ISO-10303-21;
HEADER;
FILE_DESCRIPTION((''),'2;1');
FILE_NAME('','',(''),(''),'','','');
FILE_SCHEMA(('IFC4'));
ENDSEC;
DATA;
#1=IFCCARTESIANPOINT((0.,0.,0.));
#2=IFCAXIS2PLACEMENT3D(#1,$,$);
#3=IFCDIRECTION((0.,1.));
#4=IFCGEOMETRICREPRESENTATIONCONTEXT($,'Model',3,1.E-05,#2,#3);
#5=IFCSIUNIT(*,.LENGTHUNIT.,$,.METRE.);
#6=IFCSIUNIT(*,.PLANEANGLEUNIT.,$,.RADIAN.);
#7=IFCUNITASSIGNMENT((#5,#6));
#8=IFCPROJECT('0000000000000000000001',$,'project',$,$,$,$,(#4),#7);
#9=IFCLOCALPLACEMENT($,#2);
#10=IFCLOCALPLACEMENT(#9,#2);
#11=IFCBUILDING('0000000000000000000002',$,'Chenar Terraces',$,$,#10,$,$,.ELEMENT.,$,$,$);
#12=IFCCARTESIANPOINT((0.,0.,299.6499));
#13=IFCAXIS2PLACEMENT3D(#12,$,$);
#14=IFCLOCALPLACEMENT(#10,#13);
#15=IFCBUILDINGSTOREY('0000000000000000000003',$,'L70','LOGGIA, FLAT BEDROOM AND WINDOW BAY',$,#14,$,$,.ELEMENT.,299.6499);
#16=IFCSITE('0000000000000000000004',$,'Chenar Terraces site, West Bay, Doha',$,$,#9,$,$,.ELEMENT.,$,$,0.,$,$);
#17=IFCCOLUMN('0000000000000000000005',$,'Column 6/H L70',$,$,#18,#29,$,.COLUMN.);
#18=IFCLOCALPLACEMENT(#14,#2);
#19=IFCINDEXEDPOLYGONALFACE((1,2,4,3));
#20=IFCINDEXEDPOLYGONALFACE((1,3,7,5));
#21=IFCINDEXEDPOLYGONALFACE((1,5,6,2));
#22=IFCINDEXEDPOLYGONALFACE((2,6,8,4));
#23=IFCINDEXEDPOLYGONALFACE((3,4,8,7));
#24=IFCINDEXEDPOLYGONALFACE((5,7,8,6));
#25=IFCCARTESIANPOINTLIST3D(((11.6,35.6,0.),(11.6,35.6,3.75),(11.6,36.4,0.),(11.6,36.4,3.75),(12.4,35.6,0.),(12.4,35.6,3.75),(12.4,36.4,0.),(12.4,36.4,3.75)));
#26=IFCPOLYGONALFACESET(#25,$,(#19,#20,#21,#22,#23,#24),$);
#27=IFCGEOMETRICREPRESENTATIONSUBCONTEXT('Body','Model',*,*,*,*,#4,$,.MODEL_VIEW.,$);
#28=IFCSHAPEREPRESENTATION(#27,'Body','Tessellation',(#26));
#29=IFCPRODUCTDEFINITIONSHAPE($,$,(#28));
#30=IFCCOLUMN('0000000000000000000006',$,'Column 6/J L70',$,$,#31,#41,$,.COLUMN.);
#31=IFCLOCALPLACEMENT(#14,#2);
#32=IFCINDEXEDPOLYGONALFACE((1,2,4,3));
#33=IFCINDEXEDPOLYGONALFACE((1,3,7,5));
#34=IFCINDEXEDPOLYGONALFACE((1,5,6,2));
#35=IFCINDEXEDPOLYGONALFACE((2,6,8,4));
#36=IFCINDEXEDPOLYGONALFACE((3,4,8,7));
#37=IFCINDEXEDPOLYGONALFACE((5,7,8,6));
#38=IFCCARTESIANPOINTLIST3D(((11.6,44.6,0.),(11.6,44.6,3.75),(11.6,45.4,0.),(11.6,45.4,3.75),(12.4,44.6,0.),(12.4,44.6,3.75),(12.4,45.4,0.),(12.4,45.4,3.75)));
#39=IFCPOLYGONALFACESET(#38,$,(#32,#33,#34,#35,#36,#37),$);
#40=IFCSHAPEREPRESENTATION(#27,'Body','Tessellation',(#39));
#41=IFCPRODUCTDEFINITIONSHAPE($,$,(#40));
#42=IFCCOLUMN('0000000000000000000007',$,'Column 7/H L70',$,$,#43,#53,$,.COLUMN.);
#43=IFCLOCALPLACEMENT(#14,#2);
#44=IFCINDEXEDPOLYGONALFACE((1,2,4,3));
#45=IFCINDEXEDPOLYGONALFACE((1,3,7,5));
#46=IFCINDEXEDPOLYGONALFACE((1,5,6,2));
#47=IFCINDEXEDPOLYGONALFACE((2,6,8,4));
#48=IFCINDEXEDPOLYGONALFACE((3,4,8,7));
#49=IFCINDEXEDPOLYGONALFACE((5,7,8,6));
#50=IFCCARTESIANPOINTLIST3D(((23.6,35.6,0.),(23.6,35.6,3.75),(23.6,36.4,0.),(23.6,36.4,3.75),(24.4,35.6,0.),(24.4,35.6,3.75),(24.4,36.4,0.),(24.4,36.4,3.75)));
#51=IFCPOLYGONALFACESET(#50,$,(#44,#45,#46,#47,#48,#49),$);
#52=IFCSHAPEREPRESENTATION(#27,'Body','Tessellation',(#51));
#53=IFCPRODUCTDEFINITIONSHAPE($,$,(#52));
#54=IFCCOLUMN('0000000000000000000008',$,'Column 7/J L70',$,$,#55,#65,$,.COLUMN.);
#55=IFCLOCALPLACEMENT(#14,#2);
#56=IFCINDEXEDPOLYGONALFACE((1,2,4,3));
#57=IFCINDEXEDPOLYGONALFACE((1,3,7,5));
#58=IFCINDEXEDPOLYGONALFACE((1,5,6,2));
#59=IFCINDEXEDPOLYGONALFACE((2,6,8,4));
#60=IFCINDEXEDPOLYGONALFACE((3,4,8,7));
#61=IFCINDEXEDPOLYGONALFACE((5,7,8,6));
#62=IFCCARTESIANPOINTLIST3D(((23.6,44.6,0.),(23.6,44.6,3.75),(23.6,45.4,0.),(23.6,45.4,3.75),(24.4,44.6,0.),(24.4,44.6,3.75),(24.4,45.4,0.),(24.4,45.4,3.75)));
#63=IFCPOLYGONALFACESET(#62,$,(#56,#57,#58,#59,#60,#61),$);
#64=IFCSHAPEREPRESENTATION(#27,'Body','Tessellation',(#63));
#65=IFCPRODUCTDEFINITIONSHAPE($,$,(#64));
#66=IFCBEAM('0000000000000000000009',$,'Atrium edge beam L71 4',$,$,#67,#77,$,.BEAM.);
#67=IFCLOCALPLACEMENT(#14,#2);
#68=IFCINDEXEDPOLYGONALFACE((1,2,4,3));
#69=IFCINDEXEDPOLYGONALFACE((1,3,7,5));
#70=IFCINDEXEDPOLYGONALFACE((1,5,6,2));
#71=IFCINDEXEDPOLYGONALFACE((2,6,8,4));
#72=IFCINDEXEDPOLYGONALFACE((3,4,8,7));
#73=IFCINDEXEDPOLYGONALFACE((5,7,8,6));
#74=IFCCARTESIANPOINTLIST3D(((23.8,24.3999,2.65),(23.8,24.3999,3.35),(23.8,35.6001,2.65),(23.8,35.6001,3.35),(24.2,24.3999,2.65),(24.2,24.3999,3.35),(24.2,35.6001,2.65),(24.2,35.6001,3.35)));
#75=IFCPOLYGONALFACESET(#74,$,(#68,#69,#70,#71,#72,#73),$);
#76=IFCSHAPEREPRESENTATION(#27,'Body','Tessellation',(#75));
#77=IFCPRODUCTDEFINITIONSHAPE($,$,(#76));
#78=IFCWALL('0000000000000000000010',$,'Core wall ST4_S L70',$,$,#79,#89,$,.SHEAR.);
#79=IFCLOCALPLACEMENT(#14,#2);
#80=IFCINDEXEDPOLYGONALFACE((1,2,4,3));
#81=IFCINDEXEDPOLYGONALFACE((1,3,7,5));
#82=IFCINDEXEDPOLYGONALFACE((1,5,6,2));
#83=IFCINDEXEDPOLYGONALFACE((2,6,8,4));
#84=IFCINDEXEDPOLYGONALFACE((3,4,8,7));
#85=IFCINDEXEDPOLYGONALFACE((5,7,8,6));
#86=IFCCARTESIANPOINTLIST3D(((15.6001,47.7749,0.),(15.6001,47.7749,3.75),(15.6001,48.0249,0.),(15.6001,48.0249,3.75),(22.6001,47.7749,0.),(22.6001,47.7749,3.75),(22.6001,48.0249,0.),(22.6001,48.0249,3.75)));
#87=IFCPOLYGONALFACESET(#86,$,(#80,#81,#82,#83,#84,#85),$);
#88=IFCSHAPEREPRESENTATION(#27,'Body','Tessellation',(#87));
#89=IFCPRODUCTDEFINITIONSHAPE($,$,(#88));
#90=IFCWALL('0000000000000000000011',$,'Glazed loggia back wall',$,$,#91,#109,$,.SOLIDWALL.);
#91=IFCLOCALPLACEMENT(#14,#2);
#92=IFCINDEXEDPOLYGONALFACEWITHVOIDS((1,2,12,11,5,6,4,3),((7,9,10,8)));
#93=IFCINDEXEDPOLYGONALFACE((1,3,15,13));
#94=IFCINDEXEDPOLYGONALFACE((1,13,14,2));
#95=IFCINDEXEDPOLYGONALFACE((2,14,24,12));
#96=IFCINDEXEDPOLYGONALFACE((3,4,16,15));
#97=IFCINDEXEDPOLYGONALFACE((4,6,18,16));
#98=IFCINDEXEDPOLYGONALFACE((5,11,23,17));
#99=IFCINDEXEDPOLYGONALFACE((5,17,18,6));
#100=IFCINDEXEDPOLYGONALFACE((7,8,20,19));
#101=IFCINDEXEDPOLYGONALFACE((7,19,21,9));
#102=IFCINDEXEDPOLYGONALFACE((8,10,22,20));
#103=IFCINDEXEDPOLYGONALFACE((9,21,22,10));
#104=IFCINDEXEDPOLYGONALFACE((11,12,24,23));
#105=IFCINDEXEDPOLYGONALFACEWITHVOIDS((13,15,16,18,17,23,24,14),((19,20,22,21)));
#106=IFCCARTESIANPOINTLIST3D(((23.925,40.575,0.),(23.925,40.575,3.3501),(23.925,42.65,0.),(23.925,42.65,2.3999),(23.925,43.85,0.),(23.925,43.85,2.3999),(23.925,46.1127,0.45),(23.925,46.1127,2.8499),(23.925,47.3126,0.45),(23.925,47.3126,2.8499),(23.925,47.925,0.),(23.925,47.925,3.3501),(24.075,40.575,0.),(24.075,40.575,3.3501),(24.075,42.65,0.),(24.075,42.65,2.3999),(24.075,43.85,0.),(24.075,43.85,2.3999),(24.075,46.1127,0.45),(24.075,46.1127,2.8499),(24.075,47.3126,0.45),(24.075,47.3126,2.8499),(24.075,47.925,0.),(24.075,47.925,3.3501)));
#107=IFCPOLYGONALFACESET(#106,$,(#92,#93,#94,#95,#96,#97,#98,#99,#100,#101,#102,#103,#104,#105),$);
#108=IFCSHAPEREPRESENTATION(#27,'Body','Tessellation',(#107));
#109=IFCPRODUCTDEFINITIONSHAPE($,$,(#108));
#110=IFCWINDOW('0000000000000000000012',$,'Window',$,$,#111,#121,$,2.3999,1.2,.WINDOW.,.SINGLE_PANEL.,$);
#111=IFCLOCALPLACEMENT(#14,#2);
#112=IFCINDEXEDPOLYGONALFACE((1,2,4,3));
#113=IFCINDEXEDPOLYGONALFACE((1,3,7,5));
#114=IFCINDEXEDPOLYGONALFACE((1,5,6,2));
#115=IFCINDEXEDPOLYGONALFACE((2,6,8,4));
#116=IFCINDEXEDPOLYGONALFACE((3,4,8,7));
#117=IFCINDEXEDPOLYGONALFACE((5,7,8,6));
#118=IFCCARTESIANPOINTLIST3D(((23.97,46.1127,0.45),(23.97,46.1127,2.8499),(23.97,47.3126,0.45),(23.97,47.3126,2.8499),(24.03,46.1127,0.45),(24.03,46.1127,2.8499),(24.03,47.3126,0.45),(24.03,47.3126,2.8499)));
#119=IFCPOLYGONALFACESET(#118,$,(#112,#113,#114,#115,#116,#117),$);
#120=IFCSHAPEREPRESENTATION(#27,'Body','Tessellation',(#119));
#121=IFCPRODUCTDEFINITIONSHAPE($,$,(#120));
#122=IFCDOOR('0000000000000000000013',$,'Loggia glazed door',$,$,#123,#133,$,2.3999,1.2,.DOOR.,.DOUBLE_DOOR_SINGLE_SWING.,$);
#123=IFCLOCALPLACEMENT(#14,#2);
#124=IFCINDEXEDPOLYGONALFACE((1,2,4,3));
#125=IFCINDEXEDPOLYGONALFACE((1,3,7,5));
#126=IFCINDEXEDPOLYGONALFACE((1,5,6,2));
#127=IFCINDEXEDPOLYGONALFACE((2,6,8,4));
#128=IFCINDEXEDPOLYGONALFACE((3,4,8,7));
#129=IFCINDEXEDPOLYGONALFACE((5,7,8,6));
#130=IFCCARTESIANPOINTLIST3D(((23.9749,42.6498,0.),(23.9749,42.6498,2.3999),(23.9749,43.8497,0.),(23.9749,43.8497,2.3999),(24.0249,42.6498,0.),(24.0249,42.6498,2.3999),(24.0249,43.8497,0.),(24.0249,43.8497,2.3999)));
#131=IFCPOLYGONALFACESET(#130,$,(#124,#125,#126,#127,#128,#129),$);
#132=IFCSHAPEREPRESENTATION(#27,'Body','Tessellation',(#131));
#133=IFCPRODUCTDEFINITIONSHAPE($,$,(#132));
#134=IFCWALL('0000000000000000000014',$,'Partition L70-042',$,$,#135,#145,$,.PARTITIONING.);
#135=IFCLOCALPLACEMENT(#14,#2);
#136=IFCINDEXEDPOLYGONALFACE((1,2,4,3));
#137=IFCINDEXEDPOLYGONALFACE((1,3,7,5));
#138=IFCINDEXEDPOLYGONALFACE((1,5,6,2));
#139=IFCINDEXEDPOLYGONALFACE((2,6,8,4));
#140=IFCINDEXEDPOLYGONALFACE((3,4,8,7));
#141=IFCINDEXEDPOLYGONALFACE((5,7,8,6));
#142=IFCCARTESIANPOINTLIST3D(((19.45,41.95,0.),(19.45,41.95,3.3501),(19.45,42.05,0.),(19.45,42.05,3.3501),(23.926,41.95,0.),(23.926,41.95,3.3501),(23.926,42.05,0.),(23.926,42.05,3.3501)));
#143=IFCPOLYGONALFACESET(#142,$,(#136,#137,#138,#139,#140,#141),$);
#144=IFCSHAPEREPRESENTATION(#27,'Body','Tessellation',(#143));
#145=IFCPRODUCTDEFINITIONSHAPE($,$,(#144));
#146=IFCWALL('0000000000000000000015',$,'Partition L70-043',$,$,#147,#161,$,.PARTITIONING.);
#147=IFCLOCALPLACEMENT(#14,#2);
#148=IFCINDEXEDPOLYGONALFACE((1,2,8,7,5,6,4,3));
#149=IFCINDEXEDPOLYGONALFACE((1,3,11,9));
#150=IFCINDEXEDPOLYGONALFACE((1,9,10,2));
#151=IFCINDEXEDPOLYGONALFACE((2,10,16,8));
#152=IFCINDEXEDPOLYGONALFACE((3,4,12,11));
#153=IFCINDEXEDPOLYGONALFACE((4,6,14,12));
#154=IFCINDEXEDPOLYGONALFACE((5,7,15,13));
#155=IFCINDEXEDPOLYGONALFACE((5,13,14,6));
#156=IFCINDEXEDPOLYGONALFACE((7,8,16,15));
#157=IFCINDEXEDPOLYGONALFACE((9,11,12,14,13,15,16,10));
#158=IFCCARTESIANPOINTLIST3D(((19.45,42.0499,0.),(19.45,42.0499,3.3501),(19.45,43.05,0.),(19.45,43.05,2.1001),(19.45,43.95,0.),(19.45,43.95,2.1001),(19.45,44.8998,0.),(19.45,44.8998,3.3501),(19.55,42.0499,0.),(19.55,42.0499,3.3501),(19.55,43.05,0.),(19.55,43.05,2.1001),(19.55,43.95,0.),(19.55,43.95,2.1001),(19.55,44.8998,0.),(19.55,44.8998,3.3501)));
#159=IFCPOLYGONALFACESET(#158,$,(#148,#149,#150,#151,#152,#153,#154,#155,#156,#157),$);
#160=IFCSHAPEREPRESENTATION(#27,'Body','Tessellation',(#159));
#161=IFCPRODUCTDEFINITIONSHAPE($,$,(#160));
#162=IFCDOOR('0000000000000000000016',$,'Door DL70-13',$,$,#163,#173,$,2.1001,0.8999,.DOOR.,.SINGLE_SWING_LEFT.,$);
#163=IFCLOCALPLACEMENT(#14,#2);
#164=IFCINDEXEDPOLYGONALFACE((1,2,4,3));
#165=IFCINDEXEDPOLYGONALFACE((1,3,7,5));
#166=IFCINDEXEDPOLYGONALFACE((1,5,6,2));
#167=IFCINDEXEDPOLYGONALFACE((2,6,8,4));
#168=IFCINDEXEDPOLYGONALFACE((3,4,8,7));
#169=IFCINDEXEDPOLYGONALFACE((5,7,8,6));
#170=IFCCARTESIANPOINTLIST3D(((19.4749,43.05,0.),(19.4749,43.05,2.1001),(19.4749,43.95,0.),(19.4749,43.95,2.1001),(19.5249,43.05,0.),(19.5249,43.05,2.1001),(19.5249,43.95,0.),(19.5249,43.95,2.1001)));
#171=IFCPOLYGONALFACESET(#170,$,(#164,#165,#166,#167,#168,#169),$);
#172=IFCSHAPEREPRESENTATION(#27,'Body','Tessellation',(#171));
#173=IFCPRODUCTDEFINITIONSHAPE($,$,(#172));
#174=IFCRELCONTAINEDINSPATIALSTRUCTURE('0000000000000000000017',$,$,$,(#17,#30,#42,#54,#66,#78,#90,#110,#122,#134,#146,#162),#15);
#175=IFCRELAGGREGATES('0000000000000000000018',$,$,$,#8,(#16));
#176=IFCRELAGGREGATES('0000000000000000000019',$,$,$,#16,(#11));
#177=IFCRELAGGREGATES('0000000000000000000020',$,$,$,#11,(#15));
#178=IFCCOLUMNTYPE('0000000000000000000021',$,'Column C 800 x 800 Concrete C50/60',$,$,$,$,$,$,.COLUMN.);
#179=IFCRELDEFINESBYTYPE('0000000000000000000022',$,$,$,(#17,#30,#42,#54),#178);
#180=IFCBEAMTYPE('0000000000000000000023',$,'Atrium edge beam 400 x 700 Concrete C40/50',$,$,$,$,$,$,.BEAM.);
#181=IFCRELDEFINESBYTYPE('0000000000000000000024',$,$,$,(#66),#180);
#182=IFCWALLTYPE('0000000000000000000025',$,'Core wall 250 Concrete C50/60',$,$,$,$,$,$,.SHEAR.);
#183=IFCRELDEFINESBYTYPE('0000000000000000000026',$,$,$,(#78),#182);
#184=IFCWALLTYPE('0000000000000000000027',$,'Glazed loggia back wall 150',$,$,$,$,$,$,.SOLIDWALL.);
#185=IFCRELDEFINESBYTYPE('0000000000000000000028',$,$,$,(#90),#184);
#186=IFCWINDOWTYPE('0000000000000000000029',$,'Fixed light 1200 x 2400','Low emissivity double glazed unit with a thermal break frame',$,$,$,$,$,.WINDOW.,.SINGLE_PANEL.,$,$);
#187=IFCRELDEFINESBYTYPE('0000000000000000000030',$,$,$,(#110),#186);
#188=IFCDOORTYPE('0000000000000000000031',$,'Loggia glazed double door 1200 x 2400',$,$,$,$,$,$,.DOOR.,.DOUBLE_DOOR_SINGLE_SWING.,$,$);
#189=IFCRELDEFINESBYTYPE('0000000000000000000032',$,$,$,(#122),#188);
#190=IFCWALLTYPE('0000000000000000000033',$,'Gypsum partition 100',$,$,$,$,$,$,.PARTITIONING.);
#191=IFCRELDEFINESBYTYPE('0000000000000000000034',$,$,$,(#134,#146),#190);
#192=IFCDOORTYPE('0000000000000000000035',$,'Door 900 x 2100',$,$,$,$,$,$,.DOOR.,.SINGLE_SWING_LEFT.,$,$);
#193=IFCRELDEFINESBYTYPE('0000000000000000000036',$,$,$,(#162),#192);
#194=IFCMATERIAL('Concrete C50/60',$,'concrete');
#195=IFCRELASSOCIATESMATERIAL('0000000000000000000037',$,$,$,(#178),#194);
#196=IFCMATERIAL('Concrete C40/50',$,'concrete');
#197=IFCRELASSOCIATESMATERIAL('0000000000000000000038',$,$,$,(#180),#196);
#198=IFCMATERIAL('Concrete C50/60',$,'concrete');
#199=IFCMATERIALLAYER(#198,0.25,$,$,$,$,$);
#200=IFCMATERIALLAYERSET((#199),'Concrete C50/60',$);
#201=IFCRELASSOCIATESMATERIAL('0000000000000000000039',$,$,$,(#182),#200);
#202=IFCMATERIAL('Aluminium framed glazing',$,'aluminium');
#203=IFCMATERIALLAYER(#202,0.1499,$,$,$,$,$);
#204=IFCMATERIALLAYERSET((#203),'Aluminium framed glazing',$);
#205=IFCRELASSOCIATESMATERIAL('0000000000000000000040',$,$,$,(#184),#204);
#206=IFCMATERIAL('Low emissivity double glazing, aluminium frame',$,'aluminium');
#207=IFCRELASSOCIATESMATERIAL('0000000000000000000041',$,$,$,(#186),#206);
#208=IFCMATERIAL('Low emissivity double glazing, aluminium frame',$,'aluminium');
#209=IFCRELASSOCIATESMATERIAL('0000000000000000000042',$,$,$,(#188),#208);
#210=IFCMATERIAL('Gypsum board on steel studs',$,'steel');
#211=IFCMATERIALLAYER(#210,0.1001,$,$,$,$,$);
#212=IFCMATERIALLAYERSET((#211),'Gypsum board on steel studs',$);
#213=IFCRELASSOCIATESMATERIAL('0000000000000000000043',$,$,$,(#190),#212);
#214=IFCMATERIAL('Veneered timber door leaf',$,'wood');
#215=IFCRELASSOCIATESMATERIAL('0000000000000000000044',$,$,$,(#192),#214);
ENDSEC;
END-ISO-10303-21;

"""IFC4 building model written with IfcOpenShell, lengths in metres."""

from ifc_helpers import new_model, si_unit, direction, frame, frame_2d, origin, origin_2d, place, context, subcontext, project, spatial, rectangle, extrude, material, layer, layer_set, material_profile, profile_set, type_object, element, fill, save


model = new_model("IFC4")

# Units and contexts
model_context = context("Model", 3, precision=1e-05, world=origin(), true_north=direction((0.0, 1.0)))
body_context = subcontext(model_context, "Body", "Model", "MODEL_VIEW")
ifc_project = project(units=[si_unit("LENGTHUNIT", "METRE"), si_unit("PLANEANGLEUNIT", "RADIAN")], contexts=[model_context])

# Site, building, storey
site_placement = place(None, origin())
site = spatial("IfcSite", under=ifc_project, at=site_placement, Name="Chenar Terraces site, West Bay, Doha", CompositionType="ELEMENT", RefElevation=0.0)
building_placement = place(site_placement, origin())
building = spatial("IfcBuilding", under=site, at=building_placement, Name="Chenar Terraces", CompositionType="ELEMENT")
storey_placement = place(building_placement, frame((0.0, 0.0, 299.6499)))
storey = spatial("IfcBuildingStorey", under=building, at=storey_placement, Name="L70", Description="LOGGIA, FLAT BEDROOM AND WINDOW BAY", CompositionType="ELEMENT", Elevation=299.6499)

# Columns
ifc_material_1 = material(Name="Concrete C50/60", Category="concrete")
ifc_material_profile_1 = material_profile(ifc_material_1, rectangle(XDim=0.8, YDim=0.8, at=origin_2d()), Name="C 800 x 800")
ifc_profile_set_1 = profile_set([ifc_material_profile_1], Name="Concrete C50/60")
column_type = type_object("IfcColumnType", Name="Column C 800 x 800 Concrete C50/60", PredefinedType="COLUMN", material=ifc_profile_set_1)
for number, where, z_axis, x_axis, name in (
    (1, (12.0, 36.0, 0.0), (0.0, 0.0, 1.0), (1.0, 0.0, 0.0), "Column 6/H L70"),
    (2, (12.0, 45.0, 0.0), (0.0, 0.0, 1.0), (1.0, 0.0, 0.0), "Column 6/J L70"),
    (3, (24.0, 36.0, 0.0), (0.0, 0.0, 1.0), (1.0, 0.0, 0.0), "Column 7/H L70"),
    (4, (24.0, 45.0, 0.0), (0.0, 0.0, 1.0), (1.0, 0.0, 0.0), "Column 7/J L70"),
):
    element("IfcColumn", number, at=place(storey_placement, frame(where, z_axis=z_axis, x_axis=x_axis)), inside=storey, type_object=column_type, Name=name, PredefinedType="COLUMN", context=body_context, shape_type="SweptSolid", body=[
        extrude(rectangle(XDim=0.8, YDim=0.8, at=origin_2d()), origin(), (0.0, 0.0, 1.0), 3.75),
    ])

# Beam
ifc_material_2 = material(Name="Concrete C40/50", Category="concrete")
ifc_material_profile_2 = material_profile(ifc_material_2, rectangle(XDim=0.3999, YDim=0.7, at=origin_2d()), Name="RC 400 x 700")
ifc_profile_set_2 = profile_set([ifc_material_profile_2], Name="Concrete C40/50")
beam_type = type_object("IfcBeamType", Name="Atrium edge beam 400 x 700 Concrete C40/50", PredefinedType="BEAM", material=ifc_profile_set_2)
beam_placement = place(storey_placement, frame((24.0, 35.6001, 3.0), z_axis=(0.0, -1.0, 0.0), x_axis=(1.0, 0.0, 0.0)))
element("IfcBeam", 5, at=beam_placement, inside=storey, type_object=beam_type, Name="Atrium edge beam L71 4", PredefinedType="BEAM", context=body_context, shape_type="SweptSolid", body=[
    extrude(rectangle(XDim=0.3999, YDim=0.7, at=origin_2d()), origin(), (0.0, 0.0, 1.0), 11.2002),
])

# Wall
ifc_material_3 = material(Name="Concrete C50/60", Category="concrete")
ifc_layer_1 = layer(ifc_material_3, 0.25)
ifc_layer_set_1 = layer_set([ifc_layer_1], Name="Concrete C50/60")
wall_type_1 = type_object("IfcWallType", Name="Core wall 250 Concrete C50/60", PredefinedType="SHEAR", material=ifc_layer_set_1)
wall_1_placement = place(storey_placement, frame((15.6001, 47.8999, 0.0), z_axis=(0.0, 0.0, 1.0), x_axis=(1.0, 0.0, 0.0)))
element("IfcWall", 6, at=wall_1_placement, inside=storey, type_object=wall_type_1, Name="Core wall ST4_S L70", PredefinedType="SHEAR", context=body_context, shape_type="SweptSolid", body=[
    extrude(rectangle(XDim=7.0, YDim=0.25, at=frame_2d((3.5, 0.0))), origin(), (0.0, 0.0, 1.0), 3.75),
])

# Wall, openings, window, door
ifc_material_4 = material(Name="Aluminium framed glazing", Category="aluminium")
ifc_layer_2 = layer(ifc_material_4, 0.1499)
ifc_layer_set_2 = layer_set([ifc_layer_2], Name="Aluminium framed glazing")
wall_type_2 = type_object("IfcWallType", Name="Glazed loggia back wall 150", PredefinedType="SOLIDWALL", material=ifc_layer_set_2)
wall_2_placement = place(storey_placement, frame((24.0, 40.575, 0.0), z_axis=(0.0, 0.0, 1.0), x_axis=(0.0, 1.0, 0.0)))
wall_2 = element("IfcWall", 7, at=wall_2_placement, inside=storey, type_object=wall_type_2, Name="Glazed loggia back wall", PredefinedType="SOLIDWALL", context=body_context, shape_type="SweptSolid", body=[
    extrude(rectangle(XDim=7.3501, YDim=0.1499, at=frame_2d((3.675, 0.0))), origin(), (0.0, 0.0, 1.0), 3.3501),
])
opening_1_placement = place(wall_2_placement, frame((2.075, 0.0, 0.0)))
opening_1 = element("IfcOpeningElement", 8, at=opening_1_placement, cuts=wall_2, PredefinedType="OPENING", context=body_context, shape_type="SweptSolid", body=[
    extrude(rectangle(XDim=1.2, YDim=2.3999, at=frame_2d((0.6001, 1.2))), frame((0.0, 0.085, 0.0), z_axis=(0.0, -1.0, 0.0), x_axis=(1.0, 0.0, 0.0)), (0.0, 0.0, 1.0), 0.1699),
])
opening_2_placement = place(wall_2_placement, frame((5.5376, 0.0, 0.45)))
opening_2 = element("IfcOpeningElement", 9, at=opening_2_placement, cuts=wall_2, PredefinedType="OPENING", context=body_context, shape_type="SweptSolid", body=[
    extrude(rectangle(XDim=1.2, YDim=2.3999, at=frame_2d((0.6001, 1.2))), frame((0.0, 0.085, 0.0), z_axis=(0.0, -1.0, 0.0), x_axis=(1.0, 0.0, 0.0)), (0.0, 0.0, 1.0), 0.1699),
])
ifc_material_5 = material(Name="Low emissivity double glazing, aluminium frame", Category="aluminium")
window_type = type_object("IfcWindowType", Name="Fixed light 1200 x 2400", Description="Low emissivity double glazed unit with a thermal break frame", PartitioningType="SINGLE_PANEL", PredefinedType="WINDOW", material=ifc_material_5)
window_placement = place(opening_2_placement, origin())
window = element("IfcWindow", 10, at=window_placement, inside=storey, type_object=window_type, Name="Window", OverallHeight=2.3999, OverallWidth=1.2, PartitioningType="SINGLE_PANEL", PredefinedType="WINDOW", context=body_context, shape_type="SweptSolid", body=[
    extrude(rectangle(XDim=1.2, YDim=2.3999, at=frame_2d((0.6001, 1.2))), frame((0.0, 0.03, 0.0), z_axis=(0.0, -1.0, 0.0), x_axis=(1.0, 0.0, 0.0)), (0.0, 0.0, 1.0), 0.0601),
])
fill(opening_2, window)
ifc_material_6 = material(Name="Low emissivity double glazing, aluminium frame", Category="aluminium")
door_type_1 = type_object("IfcDoorType", Name="Loggia glazed double door 1200 x 2400", OperationType="DOUBLE_DOOR_SINGLE_SWING", PredefinedType="DOOR", material=ifc_material_6)
door_1_placement = place(opening_1_placement, frame((1.2, 0.0, 0.0), z_axis=(0.0, 0.0, 1.0), x_axis=(-1.0, 0.0, 0.0)))
door_1 = element("IfcDoor", 11, at=door_1_placement, inside=storey, type_object=door_type_1, Name="Loggia glazed door", OperationType="DOUBLE_DOOR_SINGLE_SWING", OverallHeight=2.3999, OverallWidth=1.2, PredefinedType="DOOR", context=body_context, shape_type="SweptSolid", body=[
    extrude(rectangle(XDim=1.2, YDim=2.3999, at=frame_2d((0.6001, 1.2))), frame((0.0, 0.0249, 0.0), z_axis=(0.0, -1.0, 0.0), x_axis=(1.0, 0.0, 0.0)), (0.0, 0.0, 1.0), 0.05),
])
fill(opening_1, door_1)

# Wall
ifc_material_7 = material(Name="Gypsum board on steel studs", Category="steel")
ifc_layer_3 = layer(ifc_material_7, 0.1001)
ifc_layer_set_3 = layer_set([ifc_layer_3], Name="Gypsum board on steel studs")
wall_type_3 = type_object("IfcWallType", Name="Gypsum partition 100", PredefinedType="PARTITIONING", material=ifc_layer_set_3)
wall_3_placement = place(storey_placement, frame((19.45, 42.0, 0.0), z_axis=(0.0, 0.0, 1.0), x_axis=(1.0, 0.0, 0.0)))
element("IfcWall", 12, at=wall_3_placement, inside=storey, type_object=wall_type_3, Name="Partition L70-042", PredefinedType="PARTITIONING", context=body_context, shape_type="SweptSolid", body=[
    extrude(rectangle(XDim=4.4761, YDim=0.1001, at=frame_2d((2.238, 0.0))), origin(), (0.0, 0.0, 1.0), 3.3501),
])

# Wall, opening, door
wall_4_placement = place(storey_placement, frame((19.5, 42.05, 0.0), z_axis=(0.0, 0.0, 1.0), x_axis=(0.0, 1.0, 0.0)))
wall_4 = element("IfcWall", 13, at=wall_4_placement, inside=storey, type_object=wall_type_3, Name="Partition L70-043", PredefinedType="PARTITIONING", context=body_context, shape_type="SweptSolid", body=[
    extrude(rectangle(XDim=2.8499, YDim=0.1001, at=frame_2d((1.4248, 0.0))), origin(), (0.0, 0.0, 1.0), 3.3501),
])
opening_3_placement = place(wall_4_placement, frame((1.0, 0.0, 0.0)))
opening_3 = element("IfcOpeningElement", 14, at=opening_3_placement, cuts=wall_4, PredefinedType="OPENING", context=body_context, shape_type="SweptSolid", body=[
    extrude(rectangle(XDim=0.8999, YDim=2.1001, at=frame_2d((0.45, 1.05))), frame((0.0, 0.0601, 0.0), z_axis=(0.0, -1.0, 0.0), x_axis=(1.0, 0.0, 0.0)), (0.0, 0.0, 1.0), 0.1201),
])
ifc_material_8 = material(Name="Veneered timber door leaf", Category="wood")
door_type_2 = type_object("IfcDoorType", Name="Door 900 x 2100", OperationType="SINGLE_SWING_LEFT", PredefinedType="DOOR", material=ifc_material_8)
door_2_placement = place(opening_3_placement, frame((0.8999, 0.0, 0.0), z_axis=(0.0, 0.0, 1.0), x_axis=(-1.0, 0.0, 0.0)))
door_2 = element("IfcDoor", 15, at=door_2_placement, inside=storey, type_object=door_type_2, Name="Door DL70-13", OperationType="SINGLE_SWING_LEFT", OverallHeight=2.1001, OverallWidth=0.8999, PredefinedType="DOOR", context=body_context, shape_type="SweptSolid", body=[
    extrude(rectangle(XDim=0.8999, YDim=2.1001, at=frame_2d((0.45, 1.05))), frame((0.0, 0.0249, 0.0), z_axis=(0.0, -1.0, 0.0), x_axis=(1.0, 0.0, 0.0)), (0.0, 0.0, 1.0), 0.05),
])
fill(opening_3, door_2)

save(model, "model.ifc")
